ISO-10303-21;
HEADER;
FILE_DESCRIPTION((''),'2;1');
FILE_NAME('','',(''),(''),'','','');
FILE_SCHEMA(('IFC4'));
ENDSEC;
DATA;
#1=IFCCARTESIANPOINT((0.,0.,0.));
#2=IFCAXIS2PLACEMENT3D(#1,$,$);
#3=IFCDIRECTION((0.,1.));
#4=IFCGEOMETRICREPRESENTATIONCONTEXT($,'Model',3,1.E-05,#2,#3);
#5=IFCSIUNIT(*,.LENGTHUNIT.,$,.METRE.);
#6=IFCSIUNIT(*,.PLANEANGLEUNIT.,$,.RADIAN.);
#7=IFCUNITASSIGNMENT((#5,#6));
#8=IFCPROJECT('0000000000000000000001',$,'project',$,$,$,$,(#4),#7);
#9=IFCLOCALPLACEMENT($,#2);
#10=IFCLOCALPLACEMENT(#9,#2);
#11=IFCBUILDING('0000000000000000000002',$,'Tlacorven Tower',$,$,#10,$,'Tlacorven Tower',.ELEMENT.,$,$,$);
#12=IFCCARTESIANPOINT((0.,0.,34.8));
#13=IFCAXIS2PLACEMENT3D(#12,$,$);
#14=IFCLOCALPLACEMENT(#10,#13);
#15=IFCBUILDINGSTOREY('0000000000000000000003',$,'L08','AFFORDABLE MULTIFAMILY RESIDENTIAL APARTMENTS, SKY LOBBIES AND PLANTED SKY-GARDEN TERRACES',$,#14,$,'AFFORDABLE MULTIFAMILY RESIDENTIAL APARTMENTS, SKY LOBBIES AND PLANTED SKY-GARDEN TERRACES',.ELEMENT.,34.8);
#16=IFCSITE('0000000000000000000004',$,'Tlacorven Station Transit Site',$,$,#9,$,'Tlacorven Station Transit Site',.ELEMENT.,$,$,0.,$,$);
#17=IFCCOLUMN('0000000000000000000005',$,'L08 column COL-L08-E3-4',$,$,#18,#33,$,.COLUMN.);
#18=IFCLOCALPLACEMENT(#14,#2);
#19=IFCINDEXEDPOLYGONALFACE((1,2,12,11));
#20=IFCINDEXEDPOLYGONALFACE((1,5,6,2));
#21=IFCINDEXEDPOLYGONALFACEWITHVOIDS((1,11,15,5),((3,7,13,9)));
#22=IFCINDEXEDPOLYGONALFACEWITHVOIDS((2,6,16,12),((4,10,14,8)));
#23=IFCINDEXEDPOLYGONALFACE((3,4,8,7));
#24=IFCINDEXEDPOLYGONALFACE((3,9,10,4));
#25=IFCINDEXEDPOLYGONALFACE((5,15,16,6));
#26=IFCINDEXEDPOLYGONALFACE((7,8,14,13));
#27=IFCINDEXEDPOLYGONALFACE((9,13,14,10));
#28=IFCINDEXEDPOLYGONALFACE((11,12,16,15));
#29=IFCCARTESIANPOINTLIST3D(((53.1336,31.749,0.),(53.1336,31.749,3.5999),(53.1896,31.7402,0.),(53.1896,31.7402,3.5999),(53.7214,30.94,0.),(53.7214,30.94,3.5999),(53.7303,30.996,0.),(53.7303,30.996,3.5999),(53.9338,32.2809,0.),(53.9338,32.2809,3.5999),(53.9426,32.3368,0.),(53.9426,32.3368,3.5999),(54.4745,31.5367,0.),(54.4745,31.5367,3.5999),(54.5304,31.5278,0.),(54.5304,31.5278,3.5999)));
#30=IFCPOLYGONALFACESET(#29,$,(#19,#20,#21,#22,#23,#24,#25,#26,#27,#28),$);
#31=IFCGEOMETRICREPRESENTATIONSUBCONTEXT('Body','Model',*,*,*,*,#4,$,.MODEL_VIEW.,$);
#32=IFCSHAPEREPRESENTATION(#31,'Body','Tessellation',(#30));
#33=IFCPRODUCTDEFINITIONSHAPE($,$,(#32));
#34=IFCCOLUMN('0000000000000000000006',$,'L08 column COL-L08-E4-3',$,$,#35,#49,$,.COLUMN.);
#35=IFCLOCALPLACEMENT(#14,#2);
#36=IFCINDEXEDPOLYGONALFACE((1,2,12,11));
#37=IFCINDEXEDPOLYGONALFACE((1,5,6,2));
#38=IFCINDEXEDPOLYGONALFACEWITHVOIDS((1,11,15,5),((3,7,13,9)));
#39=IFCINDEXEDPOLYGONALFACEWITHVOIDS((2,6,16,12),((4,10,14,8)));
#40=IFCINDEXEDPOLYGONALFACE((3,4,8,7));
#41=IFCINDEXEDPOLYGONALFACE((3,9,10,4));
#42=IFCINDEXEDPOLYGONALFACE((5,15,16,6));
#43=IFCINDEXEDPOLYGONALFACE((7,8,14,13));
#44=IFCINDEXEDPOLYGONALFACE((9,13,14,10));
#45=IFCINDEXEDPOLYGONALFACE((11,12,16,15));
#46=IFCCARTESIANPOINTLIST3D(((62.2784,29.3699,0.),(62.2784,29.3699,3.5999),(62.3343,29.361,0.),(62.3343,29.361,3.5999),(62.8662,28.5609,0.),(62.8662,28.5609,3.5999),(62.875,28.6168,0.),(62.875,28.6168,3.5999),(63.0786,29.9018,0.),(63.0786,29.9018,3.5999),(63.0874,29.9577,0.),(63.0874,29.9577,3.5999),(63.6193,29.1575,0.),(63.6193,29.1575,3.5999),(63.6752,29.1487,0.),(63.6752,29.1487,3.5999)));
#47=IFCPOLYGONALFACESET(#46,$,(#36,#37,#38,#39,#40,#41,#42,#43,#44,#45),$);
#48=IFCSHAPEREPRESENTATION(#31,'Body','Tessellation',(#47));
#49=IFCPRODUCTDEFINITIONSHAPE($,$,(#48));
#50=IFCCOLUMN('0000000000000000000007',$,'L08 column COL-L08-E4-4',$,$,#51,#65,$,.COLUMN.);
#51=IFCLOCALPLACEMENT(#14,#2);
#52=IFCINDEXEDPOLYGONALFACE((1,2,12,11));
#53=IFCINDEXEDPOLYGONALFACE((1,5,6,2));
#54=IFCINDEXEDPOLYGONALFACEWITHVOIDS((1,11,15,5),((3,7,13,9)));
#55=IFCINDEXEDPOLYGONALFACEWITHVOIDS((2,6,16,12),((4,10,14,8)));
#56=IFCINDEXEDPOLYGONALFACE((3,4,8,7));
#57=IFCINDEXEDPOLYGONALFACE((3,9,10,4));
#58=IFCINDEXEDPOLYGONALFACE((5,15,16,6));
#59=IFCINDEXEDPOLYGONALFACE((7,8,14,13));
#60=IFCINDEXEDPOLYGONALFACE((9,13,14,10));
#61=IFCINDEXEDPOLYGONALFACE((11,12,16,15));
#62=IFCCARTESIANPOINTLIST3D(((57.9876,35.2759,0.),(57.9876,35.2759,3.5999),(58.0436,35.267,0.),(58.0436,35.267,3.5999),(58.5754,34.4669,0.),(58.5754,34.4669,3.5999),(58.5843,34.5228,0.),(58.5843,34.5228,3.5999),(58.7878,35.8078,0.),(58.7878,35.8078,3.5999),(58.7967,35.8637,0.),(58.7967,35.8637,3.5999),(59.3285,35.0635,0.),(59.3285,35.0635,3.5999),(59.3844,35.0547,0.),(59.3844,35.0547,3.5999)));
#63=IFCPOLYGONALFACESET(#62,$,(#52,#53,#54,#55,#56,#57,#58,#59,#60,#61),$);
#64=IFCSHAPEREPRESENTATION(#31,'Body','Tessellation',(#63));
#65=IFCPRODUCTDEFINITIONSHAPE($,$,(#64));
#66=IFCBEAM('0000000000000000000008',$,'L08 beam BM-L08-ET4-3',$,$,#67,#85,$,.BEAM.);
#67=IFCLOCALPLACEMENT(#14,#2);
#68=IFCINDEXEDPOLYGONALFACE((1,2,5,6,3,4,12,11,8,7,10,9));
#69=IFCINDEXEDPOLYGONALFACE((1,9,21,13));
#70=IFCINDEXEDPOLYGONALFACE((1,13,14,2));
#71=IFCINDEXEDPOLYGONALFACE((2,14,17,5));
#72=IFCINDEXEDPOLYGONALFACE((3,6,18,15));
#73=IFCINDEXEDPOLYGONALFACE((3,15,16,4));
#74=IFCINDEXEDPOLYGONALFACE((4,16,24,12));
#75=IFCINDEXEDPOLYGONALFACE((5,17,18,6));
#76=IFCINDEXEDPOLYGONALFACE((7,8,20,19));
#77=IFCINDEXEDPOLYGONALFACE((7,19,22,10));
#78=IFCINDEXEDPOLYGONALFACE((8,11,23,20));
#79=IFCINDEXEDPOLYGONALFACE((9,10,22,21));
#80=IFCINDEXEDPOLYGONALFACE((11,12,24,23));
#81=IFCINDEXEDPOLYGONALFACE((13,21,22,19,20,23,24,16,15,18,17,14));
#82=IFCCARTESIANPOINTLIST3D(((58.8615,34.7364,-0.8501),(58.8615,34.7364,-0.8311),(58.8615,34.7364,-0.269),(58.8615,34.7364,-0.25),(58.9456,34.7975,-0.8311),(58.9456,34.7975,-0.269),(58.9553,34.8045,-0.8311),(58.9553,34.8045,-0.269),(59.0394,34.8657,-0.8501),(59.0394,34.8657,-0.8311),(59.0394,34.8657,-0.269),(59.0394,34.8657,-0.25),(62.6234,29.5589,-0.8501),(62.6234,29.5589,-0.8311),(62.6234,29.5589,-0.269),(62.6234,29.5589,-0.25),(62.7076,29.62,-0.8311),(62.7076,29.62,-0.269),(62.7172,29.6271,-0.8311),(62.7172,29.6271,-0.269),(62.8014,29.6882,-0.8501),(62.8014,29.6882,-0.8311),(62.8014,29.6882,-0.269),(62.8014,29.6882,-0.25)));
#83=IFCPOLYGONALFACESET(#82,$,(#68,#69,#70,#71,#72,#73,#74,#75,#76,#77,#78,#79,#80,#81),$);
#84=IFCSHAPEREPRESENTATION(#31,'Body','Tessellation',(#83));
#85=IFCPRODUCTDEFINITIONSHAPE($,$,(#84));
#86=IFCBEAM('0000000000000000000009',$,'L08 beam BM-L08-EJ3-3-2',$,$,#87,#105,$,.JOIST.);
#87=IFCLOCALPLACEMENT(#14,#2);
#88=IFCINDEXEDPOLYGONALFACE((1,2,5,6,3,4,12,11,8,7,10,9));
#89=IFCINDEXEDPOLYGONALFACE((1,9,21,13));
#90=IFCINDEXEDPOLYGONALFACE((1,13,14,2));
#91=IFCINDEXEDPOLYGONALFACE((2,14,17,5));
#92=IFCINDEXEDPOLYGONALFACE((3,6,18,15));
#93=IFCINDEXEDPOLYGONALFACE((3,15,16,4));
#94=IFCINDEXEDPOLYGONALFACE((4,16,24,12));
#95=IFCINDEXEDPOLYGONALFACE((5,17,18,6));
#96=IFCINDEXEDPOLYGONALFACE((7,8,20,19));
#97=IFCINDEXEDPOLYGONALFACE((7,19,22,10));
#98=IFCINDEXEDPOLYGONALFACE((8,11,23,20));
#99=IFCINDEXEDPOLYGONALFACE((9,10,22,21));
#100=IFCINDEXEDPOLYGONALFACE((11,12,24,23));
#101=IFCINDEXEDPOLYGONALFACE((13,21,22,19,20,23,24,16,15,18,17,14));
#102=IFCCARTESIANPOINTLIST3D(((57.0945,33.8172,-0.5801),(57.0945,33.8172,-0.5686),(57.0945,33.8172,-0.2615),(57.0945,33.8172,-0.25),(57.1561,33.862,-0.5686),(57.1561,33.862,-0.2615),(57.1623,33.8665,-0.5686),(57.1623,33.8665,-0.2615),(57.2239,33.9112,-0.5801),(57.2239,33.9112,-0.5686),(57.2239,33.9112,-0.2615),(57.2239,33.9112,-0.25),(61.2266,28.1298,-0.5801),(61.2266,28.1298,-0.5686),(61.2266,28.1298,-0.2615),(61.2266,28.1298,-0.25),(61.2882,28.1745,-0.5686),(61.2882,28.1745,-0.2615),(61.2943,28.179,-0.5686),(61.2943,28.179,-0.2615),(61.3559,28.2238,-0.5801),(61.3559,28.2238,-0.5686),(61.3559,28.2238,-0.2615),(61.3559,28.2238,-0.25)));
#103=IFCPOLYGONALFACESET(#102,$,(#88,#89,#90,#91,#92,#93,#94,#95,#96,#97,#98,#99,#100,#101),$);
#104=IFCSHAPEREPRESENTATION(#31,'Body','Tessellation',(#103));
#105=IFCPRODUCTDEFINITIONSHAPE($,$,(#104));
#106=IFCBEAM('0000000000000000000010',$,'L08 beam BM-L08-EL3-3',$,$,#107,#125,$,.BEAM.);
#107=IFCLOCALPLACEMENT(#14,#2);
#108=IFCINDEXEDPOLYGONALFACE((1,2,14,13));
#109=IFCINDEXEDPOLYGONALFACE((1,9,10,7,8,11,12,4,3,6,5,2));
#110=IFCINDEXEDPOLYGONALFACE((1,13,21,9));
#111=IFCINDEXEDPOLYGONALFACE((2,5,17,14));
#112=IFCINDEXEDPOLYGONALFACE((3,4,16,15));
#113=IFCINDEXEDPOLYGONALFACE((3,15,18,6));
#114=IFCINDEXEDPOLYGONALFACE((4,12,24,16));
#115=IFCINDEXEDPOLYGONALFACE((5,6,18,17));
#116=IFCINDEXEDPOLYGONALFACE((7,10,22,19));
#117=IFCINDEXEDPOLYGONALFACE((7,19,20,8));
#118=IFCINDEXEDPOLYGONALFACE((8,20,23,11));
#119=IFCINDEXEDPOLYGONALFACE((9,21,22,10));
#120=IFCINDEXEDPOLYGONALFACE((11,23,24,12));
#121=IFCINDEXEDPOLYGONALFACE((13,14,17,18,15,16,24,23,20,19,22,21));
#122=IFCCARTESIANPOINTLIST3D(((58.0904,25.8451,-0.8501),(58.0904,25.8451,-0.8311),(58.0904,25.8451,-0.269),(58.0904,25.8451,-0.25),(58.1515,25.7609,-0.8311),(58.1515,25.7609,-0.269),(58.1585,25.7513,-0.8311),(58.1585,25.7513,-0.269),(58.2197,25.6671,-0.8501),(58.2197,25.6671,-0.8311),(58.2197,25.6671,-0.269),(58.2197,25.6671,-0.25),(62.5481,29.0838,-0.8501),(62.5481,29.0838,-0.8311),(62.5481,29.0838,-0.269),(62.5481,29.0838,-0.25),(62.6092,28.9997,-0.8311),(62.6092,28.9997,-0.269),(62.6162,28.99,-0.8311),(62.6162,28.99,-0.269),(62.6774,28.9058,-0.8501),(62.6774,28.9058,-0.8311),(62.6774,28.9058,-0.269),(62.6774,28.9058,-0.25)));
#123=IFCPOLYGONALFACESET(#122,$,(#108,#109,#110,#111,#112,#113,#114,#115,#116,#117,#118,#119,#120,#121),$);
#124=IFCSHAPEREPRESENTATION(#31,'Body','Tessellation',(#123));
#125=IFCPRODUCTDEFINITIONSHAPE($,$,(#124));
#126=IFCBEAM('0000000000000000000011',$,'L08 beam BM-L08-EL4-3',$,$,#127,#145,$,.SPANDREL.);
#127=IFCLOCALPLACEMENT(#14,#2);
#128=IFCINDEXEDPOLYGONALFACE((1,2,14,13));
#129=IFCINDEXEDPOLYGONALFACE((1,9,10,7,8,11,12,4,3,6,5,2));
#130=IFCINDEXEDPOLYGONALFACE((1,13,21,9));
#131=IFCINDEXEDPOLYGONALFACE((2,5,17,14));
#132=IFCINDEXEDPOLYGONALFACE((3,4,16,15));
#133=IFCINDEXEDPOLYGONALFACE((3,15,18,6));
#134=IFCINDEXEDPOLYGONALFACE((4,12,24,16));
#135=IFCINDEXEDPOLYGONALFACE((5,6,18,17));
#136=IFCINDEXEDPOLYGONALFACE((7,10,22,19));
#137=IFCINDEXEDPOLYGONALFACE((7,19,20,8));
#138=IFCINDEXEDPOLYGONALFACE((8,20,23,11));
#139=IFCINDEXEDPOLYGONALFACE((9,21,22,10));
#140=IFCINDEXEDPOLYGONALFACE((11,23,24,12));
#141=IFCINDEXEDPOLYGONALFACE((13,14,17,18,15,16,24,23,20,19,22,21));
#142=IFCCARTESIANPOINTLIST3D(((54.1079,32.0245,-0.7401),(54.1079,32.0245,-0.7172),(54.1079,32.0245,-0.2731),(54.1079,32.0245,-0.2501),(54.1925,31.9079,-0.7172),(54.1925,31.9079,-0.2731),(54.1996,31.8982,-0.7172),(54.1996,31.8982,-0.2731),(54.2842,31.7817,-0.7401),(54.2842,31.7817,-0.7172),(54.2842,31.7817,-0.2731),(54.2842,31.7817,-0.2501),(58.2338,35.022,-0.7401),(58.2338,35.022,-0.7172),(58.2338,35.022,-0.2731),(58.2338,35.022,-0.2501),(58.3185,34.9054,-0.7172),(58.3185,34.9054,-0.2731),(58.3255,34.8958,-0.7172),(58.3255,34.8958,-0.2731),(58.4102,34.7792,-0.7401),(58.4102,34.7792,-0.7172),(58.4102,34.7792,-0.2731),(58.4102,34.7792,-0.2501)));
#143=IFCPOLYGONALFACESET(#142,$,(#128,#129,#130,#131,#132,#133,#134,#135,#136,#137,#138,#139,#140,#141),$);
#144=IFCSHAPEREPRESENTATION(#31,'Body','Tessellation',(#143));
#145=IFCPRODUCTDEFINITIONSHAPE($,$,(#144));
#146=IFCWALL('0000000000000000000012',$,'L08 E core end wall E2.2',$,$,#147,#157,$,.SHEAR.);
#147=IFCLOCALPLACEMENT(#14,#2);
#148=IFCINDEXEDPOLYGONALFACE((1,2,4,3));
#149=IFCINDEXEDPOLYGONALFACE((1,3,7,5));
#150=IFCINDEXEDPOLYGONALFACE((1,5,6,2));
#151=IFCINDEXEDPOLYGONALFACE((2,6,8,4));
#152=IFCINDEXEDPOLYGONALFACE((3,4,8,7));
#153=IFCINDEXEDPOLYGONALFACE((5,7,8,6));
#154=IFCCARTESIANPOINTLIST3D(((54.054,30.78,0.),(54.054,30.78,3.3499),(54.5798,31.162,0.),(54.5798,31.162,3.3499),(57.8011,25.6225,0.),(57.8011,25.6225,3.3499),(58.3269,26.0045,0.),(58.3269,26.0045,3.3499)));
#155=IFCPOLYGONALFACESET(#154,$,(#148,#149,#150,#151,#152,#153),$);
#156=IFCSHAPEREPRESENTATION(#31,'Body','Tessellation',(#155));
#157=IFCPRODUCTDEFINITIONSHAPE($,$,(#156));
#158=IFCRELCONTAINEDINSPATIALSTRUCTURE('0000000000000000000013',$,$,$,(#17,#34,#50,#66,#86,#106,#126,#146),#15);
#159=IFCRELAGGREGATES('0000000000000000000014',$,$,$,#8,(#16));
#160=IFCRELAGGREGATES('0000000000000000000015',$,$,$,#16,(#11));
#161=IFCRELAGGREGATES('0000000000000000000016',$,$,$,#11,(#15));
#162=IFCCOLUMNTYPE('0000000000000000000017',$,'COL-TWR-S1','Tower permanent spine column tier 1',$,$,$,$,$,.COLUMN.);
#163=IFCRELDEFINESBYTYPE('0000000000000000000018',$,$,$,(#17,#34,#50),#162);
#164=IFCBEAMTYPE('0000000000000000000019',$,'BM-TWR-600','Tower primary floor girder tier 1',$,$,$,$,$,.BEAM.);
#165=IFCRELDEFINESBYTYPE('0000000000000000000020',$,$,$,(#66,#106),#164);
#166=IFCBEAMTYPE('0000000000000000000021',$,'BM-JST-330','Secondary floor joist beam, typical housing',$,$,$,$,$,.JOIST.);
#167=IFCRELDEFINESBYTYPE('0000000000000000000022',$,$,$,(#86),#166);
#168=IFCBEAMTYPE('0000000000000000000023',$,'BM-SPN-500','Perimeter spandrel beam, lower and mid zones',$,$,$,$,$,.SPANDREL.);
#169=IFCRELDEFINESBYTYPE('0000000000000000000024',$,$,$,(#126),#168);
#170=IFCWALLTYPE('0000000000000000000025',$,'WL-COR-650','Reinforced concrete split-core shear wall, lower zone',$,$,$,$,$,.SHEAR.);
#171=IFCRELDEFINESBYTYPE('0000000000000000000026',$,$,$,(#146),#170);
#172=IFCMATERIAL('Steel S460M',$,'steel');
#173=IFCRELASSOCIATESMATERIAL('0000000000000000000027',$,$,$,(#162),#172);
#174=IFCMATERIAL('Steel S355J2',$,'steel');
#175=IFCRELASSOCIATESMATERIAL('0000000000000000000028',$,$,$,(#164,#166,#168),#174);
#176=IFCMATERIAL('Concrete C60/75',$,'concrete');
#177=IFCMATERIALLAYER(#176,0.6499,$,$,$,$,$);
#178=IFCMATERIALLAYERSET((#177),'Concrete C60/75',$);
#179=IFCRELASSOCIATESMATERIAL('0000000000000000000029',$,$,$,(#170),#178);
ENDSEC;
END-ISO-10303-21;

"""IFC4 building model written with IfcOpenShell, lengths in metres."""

from ifc_helpers import new_model, si_unit, direction, frame, frame_2d, origin, origin_2d, place, context, subcontext, project, spatial, rectangle, hollow_rectangle, i_section, extrude, source, transform, mapped, material, layer, layer_set, material_profile, profile_set, type_object, element, save


model = new_model("IFC4")

# Units and contexts
model_context = context("Model", 3, precision=1e-05, world=origin(), true_north=direction((0.0, 1.0)))
body_context = subcontext(model_context, "Body", "Model", "MODEL_VIEW")
ifc_project = project(units=[si_unit("LENGTHUNIT", "METRE"), si_unit("PLANEANGLEUNIT", "RADIAN")], contexts=[model_context])

# Site, building, storey
site_placement = place(None, origin())
site = spatial("IfcSite", under=ifc_project, at=site_placement, Name="Tlacorven Station Transit Site", LongName="Tlacorven Station Transit Site", CompositionType="ELEMENT", RefElevation=0.0)
building_placement = place(site_placement, origin())
building = spatial("IfcBuilding", under=site, at=building_placement, Name="Tlacorven Tower", LongName="Tlacorven Tower", CompositionType="ELEMENT")
storey_placement = place(building_placement, frame((0.0, 0.0, 34.8)))
storey = spatial("IfcBuildingStorey", under=building, at=storey_placement, Name="L08", Description="AFFORDABLE MULTIFAMILY RESIDENTIAL APARTMENTS, SKY LOBBIES AND PLANTED SKY-GARDEN TERRACES", LongName="AFFORDABLE MULTIFAMILY RESIDENTIAL APARTMENTS, SKY LOBBIES AND PLANTED SKY-GARDEN TERRACES", CompositionType="ELEMENT", Elevation=34.8)

# Columns
ifc_material_1 = material(Name="Steel S460M", Category="steel")
ifc_material_profile_1 = material_profile(ifc_material_1, hollow_rectangle(XDim=1.0, YDim=1.0, WallThickness=0.04, at=origin_2d()), Name="BOX 1000X1000X40")
ifc_profile_set_1 = profile_set([ifc_material_profile_1], Name="Steel S460M")
column_type = type_object("IfcColumnType", Name="COL-TWR-S1", Description="Tower permanent spine column tier 1", PredefinedType="COLUMN", material=ifc_profile_set_1)
shared_shape_1 = source(origin(), body_context, "Body", "SweptSolid", [
    extrude(hollow_rectangle(XDim=1.0, YDim=1.0, WallThickness=0.04, at=origin_2d()), origin(), (0.0, 0.0, 1.0), 3.5999),
])
for number, where, z_axis, x_axis, name in (
    (1, (53.832, 31.6384, 0.0), (0.0, 0.0, 1.0), (0.809017, 0.587785, 0.0), "L08 column COL-L08-E3-4"),
    (2, (62.9768, 29.2593, 0.0), (0.0, 0.0, 1.0), (0.809017, 0.587785, 0.0), "L08 column COL-L08-E4-3"),
    (3, (58.686, 35.1653, 0.0), (0.0, 0.0, 1.0), (0.809017, 0.587785, 0.0), "L08 column COL-L08-E4-4"),
):
    element("IfcColumn", number, at=place(storey_placement, frame(where, z_axis=z_axis, x_axis=x_axis)), inside=storey, type_object=column_type, Name=name, PredefinedType="COLUMN", context=body_context, shape_type="MappedRepresentation", body=[
        mapped(shared_shape_1, transform((0.0, 0.0, 0.0), scale=1.0)),
    ])

# Beams
ifc_material_2 = material(Name="Steel S355J2", Category="steel")
ifc_material_profile_2 = material_profile(ifc_material_2, i_section(OverallWidth=0.22, OverallDepth=0.6001, WebThickness=0.012, FlangeThickness=0.019, at=origin_2d()), Name="IPE 600")
ifc_profile_set_2 = profile_set([ifc_material_profile_2], Name="Steel S355J2")
beam_type_1 = type_object("IfcBeamType", Name="BM-TWR-600", Description="Tower primary floor girder tier 1", PredefinedType="BEAM", material=ifc_profile_set_2)
shared_shape_2 = source(origin(), body_context, "Body", "SweptSolid", [
    extrude(i_section(OverallWidth=0.22, OverallDepth=0.6001, WebThickness=0.012, FlangeThickness=0.019, at=origin_2d()), origin(), (0.0, 0.0, 1.0), 6.3999),
])
beam_1_placement = place(storey_placement, frame((62.7124, 29.6235, -0.55), z_axis=(-0.587816, 0.808995, 0.0), x_axis=(-0.808995, -0.587816, 0.0)))
element("IfcBeam", 4, at=beam_1_placement, inside=storey, type_object=beam_type_1, Name="L08 beam BM-L08-ET4-3", PredefinedType="BEAM", context=body_context, shape_type="MappedRepresentation", body=[
    mapped(shared_shape_2, transform((0.0, 0.0, 0.0), scale=1.0)),
])
ifc_material_profile_3 = material_profile(ifc_material_2, i_section(OverallWidth=0.1599, OverallDepth=0.3301, WebThickness=0.0076, FlangeThickness=0.0115, at=origin_2d()), Name="IPE 330")
ifc_profile_set_3 = profile_set([ifc_material_profile_3], Name="Steel S355J2")
beam_type_2 = type_object("IfcBeamType", Name="BM-JST-330", Description="Secondary floor joist beam, typical housing", PredefinedType="JOIST", material=ifc_profile_set_3)
shared_shape_3 = source(origin(), body_context, "Body", "SweptSolid", [
    extrude(i_section(OverallWidth=0.1599, OverallDepth=0.3301, WebThickness=0.0076, FlangeThickness=0.0115, at=origin_2d()), origin(), (0.0, 0.0, 1.0), 7.03),
])
beam_2_placement = place(storey_placement, frame((61.2913, 28.1768, -0.415), z_axis=(-0.587773, 0.809026, 0.0), x_axis=(-0.809026, -0.587773, 0.0)))
element("IfcBeam", 5, at=beam_2_placement, inside=storey, type_object=beam_type_2, Name="L08 beam BM-L08-EJ3-3-2", PredefinedType="JOIST", context=body_context, shape_type="MappedRepresentation", body=[
    mapped(shared_shape_3, transform((0.0, 0.0, 0.0), scale=1.0)),
])
shared_shape_4 = source(origin(), body_context, "Body", "SweptSolid", [
    extrude(i_section(OverallWidth=0.22, OverallDepth=0.6001, WebThickness=0.012, FlangeThickness=0.019, at=origin_2d()), origin(), (0.0, 0.0, 1.0), 5.51),
])
beam_3_placement = place(storey_placement, frame((58.155, 25.7561, -0.55), z_axis=(0.809016, 0.587787, 0.0), x_axis=(-0.587787, 0.809016, 0.0)))
element("IfcBeam", 6, at=beam_3_placement, inside=storey, type_object=beam_type_1, Name="L08 beam BM-L08-EL3-3", PredefinedType="BEAM", context=body_context, shape_type="MappedRepresentation", body=[
    mapped(shared_shape_4, transform((0.0, 0.0, 0.0), scale=1.0)),
])
ifc_material_profile_4 = material_profile(ifc_material_2, i_section(OverallWidth=0.3, OverallDepth=0.49, WebThickness=0.012, FlangeThickness=0.0229, at=origin_2d()), Name="HEA 500")
ifc_profile_set_4 = profile_set([ifc_material_profile_4], Name="Steel S355J2")
beam_type_3 = type_object("IfcBeamType", Name="BM-SPN-500", Description="Perimeter spandrel beam, lower and mid zones", PredefinedType="SPANDREL", material=ifc_profile_set_4)
shared_shape_5 = source(origin(), body_context, "Body", "SweptSolid", [
    extrude(i_section(OverallWidth=0.3, OverallDepth=0.49, WebThickness=0.012, FlangeThickness=0.0229, at=origin_2d()), origin(), (0.0, 0.0, 1.0), 5.0999),
])
beam_4_placement = place(storey_placement, frame((54.196, 31.9031, -0.4951), z_axis=(0.80903, 0.587767, 0.0), x_axis=(-0.587767, 0.80903, 0.0)))
element("IfcBeam", 7, at=beam_4_placement, inside=storey, type_object=beam_type_3, Name="L08 beam BM-L08-EL4-3", PredefinedType="SPANDREL", context=body_context, shape_type="MappedRepresentation", body=[
    mapped(shared_shape_5, transform((0.0, 0.0, 0.0), scale=1.0)),
])

# Wall
ifc_material_3 = material(Name="Concrete C60/75", Category="concrete")
ifc_layer_1 = layer(ifc_material_3, 0.6499)
ifc_layer_set_1 = layer_set([ifc_layer_1], Name="Concrete C60/75")
wall_type_1 = type_object("IfcWallType", Name="WL-COR-650", Description="Reinforced concrete split-core shear wall, lower zone", PredefinedType="SHEAR", material=ifc_layer_set_1)
wall_1_placement = place(storey_placement, frame((58.064, 25.8135, 0.0), z_axis=(0.0, 0.0, 1.0), x_axis=(-0.58778, 0.809021, 0.0)))
element("IfcWall", 8, at=wall_1_placement, inside=storey, type_object=wall_type_1, Name="L08 E core end wall E2.2", PredefinedType="SHEAR", context=body_context, shape_type="SweptSolid", body=[
    extrude(rectangle(XDim=6.375, YDim=0.6499, at=frame_2d((3.1875, 0.0))), origin(), (0.0, 0.0, 1.0), 3.3499),
])

save(model, "model.ifc")
